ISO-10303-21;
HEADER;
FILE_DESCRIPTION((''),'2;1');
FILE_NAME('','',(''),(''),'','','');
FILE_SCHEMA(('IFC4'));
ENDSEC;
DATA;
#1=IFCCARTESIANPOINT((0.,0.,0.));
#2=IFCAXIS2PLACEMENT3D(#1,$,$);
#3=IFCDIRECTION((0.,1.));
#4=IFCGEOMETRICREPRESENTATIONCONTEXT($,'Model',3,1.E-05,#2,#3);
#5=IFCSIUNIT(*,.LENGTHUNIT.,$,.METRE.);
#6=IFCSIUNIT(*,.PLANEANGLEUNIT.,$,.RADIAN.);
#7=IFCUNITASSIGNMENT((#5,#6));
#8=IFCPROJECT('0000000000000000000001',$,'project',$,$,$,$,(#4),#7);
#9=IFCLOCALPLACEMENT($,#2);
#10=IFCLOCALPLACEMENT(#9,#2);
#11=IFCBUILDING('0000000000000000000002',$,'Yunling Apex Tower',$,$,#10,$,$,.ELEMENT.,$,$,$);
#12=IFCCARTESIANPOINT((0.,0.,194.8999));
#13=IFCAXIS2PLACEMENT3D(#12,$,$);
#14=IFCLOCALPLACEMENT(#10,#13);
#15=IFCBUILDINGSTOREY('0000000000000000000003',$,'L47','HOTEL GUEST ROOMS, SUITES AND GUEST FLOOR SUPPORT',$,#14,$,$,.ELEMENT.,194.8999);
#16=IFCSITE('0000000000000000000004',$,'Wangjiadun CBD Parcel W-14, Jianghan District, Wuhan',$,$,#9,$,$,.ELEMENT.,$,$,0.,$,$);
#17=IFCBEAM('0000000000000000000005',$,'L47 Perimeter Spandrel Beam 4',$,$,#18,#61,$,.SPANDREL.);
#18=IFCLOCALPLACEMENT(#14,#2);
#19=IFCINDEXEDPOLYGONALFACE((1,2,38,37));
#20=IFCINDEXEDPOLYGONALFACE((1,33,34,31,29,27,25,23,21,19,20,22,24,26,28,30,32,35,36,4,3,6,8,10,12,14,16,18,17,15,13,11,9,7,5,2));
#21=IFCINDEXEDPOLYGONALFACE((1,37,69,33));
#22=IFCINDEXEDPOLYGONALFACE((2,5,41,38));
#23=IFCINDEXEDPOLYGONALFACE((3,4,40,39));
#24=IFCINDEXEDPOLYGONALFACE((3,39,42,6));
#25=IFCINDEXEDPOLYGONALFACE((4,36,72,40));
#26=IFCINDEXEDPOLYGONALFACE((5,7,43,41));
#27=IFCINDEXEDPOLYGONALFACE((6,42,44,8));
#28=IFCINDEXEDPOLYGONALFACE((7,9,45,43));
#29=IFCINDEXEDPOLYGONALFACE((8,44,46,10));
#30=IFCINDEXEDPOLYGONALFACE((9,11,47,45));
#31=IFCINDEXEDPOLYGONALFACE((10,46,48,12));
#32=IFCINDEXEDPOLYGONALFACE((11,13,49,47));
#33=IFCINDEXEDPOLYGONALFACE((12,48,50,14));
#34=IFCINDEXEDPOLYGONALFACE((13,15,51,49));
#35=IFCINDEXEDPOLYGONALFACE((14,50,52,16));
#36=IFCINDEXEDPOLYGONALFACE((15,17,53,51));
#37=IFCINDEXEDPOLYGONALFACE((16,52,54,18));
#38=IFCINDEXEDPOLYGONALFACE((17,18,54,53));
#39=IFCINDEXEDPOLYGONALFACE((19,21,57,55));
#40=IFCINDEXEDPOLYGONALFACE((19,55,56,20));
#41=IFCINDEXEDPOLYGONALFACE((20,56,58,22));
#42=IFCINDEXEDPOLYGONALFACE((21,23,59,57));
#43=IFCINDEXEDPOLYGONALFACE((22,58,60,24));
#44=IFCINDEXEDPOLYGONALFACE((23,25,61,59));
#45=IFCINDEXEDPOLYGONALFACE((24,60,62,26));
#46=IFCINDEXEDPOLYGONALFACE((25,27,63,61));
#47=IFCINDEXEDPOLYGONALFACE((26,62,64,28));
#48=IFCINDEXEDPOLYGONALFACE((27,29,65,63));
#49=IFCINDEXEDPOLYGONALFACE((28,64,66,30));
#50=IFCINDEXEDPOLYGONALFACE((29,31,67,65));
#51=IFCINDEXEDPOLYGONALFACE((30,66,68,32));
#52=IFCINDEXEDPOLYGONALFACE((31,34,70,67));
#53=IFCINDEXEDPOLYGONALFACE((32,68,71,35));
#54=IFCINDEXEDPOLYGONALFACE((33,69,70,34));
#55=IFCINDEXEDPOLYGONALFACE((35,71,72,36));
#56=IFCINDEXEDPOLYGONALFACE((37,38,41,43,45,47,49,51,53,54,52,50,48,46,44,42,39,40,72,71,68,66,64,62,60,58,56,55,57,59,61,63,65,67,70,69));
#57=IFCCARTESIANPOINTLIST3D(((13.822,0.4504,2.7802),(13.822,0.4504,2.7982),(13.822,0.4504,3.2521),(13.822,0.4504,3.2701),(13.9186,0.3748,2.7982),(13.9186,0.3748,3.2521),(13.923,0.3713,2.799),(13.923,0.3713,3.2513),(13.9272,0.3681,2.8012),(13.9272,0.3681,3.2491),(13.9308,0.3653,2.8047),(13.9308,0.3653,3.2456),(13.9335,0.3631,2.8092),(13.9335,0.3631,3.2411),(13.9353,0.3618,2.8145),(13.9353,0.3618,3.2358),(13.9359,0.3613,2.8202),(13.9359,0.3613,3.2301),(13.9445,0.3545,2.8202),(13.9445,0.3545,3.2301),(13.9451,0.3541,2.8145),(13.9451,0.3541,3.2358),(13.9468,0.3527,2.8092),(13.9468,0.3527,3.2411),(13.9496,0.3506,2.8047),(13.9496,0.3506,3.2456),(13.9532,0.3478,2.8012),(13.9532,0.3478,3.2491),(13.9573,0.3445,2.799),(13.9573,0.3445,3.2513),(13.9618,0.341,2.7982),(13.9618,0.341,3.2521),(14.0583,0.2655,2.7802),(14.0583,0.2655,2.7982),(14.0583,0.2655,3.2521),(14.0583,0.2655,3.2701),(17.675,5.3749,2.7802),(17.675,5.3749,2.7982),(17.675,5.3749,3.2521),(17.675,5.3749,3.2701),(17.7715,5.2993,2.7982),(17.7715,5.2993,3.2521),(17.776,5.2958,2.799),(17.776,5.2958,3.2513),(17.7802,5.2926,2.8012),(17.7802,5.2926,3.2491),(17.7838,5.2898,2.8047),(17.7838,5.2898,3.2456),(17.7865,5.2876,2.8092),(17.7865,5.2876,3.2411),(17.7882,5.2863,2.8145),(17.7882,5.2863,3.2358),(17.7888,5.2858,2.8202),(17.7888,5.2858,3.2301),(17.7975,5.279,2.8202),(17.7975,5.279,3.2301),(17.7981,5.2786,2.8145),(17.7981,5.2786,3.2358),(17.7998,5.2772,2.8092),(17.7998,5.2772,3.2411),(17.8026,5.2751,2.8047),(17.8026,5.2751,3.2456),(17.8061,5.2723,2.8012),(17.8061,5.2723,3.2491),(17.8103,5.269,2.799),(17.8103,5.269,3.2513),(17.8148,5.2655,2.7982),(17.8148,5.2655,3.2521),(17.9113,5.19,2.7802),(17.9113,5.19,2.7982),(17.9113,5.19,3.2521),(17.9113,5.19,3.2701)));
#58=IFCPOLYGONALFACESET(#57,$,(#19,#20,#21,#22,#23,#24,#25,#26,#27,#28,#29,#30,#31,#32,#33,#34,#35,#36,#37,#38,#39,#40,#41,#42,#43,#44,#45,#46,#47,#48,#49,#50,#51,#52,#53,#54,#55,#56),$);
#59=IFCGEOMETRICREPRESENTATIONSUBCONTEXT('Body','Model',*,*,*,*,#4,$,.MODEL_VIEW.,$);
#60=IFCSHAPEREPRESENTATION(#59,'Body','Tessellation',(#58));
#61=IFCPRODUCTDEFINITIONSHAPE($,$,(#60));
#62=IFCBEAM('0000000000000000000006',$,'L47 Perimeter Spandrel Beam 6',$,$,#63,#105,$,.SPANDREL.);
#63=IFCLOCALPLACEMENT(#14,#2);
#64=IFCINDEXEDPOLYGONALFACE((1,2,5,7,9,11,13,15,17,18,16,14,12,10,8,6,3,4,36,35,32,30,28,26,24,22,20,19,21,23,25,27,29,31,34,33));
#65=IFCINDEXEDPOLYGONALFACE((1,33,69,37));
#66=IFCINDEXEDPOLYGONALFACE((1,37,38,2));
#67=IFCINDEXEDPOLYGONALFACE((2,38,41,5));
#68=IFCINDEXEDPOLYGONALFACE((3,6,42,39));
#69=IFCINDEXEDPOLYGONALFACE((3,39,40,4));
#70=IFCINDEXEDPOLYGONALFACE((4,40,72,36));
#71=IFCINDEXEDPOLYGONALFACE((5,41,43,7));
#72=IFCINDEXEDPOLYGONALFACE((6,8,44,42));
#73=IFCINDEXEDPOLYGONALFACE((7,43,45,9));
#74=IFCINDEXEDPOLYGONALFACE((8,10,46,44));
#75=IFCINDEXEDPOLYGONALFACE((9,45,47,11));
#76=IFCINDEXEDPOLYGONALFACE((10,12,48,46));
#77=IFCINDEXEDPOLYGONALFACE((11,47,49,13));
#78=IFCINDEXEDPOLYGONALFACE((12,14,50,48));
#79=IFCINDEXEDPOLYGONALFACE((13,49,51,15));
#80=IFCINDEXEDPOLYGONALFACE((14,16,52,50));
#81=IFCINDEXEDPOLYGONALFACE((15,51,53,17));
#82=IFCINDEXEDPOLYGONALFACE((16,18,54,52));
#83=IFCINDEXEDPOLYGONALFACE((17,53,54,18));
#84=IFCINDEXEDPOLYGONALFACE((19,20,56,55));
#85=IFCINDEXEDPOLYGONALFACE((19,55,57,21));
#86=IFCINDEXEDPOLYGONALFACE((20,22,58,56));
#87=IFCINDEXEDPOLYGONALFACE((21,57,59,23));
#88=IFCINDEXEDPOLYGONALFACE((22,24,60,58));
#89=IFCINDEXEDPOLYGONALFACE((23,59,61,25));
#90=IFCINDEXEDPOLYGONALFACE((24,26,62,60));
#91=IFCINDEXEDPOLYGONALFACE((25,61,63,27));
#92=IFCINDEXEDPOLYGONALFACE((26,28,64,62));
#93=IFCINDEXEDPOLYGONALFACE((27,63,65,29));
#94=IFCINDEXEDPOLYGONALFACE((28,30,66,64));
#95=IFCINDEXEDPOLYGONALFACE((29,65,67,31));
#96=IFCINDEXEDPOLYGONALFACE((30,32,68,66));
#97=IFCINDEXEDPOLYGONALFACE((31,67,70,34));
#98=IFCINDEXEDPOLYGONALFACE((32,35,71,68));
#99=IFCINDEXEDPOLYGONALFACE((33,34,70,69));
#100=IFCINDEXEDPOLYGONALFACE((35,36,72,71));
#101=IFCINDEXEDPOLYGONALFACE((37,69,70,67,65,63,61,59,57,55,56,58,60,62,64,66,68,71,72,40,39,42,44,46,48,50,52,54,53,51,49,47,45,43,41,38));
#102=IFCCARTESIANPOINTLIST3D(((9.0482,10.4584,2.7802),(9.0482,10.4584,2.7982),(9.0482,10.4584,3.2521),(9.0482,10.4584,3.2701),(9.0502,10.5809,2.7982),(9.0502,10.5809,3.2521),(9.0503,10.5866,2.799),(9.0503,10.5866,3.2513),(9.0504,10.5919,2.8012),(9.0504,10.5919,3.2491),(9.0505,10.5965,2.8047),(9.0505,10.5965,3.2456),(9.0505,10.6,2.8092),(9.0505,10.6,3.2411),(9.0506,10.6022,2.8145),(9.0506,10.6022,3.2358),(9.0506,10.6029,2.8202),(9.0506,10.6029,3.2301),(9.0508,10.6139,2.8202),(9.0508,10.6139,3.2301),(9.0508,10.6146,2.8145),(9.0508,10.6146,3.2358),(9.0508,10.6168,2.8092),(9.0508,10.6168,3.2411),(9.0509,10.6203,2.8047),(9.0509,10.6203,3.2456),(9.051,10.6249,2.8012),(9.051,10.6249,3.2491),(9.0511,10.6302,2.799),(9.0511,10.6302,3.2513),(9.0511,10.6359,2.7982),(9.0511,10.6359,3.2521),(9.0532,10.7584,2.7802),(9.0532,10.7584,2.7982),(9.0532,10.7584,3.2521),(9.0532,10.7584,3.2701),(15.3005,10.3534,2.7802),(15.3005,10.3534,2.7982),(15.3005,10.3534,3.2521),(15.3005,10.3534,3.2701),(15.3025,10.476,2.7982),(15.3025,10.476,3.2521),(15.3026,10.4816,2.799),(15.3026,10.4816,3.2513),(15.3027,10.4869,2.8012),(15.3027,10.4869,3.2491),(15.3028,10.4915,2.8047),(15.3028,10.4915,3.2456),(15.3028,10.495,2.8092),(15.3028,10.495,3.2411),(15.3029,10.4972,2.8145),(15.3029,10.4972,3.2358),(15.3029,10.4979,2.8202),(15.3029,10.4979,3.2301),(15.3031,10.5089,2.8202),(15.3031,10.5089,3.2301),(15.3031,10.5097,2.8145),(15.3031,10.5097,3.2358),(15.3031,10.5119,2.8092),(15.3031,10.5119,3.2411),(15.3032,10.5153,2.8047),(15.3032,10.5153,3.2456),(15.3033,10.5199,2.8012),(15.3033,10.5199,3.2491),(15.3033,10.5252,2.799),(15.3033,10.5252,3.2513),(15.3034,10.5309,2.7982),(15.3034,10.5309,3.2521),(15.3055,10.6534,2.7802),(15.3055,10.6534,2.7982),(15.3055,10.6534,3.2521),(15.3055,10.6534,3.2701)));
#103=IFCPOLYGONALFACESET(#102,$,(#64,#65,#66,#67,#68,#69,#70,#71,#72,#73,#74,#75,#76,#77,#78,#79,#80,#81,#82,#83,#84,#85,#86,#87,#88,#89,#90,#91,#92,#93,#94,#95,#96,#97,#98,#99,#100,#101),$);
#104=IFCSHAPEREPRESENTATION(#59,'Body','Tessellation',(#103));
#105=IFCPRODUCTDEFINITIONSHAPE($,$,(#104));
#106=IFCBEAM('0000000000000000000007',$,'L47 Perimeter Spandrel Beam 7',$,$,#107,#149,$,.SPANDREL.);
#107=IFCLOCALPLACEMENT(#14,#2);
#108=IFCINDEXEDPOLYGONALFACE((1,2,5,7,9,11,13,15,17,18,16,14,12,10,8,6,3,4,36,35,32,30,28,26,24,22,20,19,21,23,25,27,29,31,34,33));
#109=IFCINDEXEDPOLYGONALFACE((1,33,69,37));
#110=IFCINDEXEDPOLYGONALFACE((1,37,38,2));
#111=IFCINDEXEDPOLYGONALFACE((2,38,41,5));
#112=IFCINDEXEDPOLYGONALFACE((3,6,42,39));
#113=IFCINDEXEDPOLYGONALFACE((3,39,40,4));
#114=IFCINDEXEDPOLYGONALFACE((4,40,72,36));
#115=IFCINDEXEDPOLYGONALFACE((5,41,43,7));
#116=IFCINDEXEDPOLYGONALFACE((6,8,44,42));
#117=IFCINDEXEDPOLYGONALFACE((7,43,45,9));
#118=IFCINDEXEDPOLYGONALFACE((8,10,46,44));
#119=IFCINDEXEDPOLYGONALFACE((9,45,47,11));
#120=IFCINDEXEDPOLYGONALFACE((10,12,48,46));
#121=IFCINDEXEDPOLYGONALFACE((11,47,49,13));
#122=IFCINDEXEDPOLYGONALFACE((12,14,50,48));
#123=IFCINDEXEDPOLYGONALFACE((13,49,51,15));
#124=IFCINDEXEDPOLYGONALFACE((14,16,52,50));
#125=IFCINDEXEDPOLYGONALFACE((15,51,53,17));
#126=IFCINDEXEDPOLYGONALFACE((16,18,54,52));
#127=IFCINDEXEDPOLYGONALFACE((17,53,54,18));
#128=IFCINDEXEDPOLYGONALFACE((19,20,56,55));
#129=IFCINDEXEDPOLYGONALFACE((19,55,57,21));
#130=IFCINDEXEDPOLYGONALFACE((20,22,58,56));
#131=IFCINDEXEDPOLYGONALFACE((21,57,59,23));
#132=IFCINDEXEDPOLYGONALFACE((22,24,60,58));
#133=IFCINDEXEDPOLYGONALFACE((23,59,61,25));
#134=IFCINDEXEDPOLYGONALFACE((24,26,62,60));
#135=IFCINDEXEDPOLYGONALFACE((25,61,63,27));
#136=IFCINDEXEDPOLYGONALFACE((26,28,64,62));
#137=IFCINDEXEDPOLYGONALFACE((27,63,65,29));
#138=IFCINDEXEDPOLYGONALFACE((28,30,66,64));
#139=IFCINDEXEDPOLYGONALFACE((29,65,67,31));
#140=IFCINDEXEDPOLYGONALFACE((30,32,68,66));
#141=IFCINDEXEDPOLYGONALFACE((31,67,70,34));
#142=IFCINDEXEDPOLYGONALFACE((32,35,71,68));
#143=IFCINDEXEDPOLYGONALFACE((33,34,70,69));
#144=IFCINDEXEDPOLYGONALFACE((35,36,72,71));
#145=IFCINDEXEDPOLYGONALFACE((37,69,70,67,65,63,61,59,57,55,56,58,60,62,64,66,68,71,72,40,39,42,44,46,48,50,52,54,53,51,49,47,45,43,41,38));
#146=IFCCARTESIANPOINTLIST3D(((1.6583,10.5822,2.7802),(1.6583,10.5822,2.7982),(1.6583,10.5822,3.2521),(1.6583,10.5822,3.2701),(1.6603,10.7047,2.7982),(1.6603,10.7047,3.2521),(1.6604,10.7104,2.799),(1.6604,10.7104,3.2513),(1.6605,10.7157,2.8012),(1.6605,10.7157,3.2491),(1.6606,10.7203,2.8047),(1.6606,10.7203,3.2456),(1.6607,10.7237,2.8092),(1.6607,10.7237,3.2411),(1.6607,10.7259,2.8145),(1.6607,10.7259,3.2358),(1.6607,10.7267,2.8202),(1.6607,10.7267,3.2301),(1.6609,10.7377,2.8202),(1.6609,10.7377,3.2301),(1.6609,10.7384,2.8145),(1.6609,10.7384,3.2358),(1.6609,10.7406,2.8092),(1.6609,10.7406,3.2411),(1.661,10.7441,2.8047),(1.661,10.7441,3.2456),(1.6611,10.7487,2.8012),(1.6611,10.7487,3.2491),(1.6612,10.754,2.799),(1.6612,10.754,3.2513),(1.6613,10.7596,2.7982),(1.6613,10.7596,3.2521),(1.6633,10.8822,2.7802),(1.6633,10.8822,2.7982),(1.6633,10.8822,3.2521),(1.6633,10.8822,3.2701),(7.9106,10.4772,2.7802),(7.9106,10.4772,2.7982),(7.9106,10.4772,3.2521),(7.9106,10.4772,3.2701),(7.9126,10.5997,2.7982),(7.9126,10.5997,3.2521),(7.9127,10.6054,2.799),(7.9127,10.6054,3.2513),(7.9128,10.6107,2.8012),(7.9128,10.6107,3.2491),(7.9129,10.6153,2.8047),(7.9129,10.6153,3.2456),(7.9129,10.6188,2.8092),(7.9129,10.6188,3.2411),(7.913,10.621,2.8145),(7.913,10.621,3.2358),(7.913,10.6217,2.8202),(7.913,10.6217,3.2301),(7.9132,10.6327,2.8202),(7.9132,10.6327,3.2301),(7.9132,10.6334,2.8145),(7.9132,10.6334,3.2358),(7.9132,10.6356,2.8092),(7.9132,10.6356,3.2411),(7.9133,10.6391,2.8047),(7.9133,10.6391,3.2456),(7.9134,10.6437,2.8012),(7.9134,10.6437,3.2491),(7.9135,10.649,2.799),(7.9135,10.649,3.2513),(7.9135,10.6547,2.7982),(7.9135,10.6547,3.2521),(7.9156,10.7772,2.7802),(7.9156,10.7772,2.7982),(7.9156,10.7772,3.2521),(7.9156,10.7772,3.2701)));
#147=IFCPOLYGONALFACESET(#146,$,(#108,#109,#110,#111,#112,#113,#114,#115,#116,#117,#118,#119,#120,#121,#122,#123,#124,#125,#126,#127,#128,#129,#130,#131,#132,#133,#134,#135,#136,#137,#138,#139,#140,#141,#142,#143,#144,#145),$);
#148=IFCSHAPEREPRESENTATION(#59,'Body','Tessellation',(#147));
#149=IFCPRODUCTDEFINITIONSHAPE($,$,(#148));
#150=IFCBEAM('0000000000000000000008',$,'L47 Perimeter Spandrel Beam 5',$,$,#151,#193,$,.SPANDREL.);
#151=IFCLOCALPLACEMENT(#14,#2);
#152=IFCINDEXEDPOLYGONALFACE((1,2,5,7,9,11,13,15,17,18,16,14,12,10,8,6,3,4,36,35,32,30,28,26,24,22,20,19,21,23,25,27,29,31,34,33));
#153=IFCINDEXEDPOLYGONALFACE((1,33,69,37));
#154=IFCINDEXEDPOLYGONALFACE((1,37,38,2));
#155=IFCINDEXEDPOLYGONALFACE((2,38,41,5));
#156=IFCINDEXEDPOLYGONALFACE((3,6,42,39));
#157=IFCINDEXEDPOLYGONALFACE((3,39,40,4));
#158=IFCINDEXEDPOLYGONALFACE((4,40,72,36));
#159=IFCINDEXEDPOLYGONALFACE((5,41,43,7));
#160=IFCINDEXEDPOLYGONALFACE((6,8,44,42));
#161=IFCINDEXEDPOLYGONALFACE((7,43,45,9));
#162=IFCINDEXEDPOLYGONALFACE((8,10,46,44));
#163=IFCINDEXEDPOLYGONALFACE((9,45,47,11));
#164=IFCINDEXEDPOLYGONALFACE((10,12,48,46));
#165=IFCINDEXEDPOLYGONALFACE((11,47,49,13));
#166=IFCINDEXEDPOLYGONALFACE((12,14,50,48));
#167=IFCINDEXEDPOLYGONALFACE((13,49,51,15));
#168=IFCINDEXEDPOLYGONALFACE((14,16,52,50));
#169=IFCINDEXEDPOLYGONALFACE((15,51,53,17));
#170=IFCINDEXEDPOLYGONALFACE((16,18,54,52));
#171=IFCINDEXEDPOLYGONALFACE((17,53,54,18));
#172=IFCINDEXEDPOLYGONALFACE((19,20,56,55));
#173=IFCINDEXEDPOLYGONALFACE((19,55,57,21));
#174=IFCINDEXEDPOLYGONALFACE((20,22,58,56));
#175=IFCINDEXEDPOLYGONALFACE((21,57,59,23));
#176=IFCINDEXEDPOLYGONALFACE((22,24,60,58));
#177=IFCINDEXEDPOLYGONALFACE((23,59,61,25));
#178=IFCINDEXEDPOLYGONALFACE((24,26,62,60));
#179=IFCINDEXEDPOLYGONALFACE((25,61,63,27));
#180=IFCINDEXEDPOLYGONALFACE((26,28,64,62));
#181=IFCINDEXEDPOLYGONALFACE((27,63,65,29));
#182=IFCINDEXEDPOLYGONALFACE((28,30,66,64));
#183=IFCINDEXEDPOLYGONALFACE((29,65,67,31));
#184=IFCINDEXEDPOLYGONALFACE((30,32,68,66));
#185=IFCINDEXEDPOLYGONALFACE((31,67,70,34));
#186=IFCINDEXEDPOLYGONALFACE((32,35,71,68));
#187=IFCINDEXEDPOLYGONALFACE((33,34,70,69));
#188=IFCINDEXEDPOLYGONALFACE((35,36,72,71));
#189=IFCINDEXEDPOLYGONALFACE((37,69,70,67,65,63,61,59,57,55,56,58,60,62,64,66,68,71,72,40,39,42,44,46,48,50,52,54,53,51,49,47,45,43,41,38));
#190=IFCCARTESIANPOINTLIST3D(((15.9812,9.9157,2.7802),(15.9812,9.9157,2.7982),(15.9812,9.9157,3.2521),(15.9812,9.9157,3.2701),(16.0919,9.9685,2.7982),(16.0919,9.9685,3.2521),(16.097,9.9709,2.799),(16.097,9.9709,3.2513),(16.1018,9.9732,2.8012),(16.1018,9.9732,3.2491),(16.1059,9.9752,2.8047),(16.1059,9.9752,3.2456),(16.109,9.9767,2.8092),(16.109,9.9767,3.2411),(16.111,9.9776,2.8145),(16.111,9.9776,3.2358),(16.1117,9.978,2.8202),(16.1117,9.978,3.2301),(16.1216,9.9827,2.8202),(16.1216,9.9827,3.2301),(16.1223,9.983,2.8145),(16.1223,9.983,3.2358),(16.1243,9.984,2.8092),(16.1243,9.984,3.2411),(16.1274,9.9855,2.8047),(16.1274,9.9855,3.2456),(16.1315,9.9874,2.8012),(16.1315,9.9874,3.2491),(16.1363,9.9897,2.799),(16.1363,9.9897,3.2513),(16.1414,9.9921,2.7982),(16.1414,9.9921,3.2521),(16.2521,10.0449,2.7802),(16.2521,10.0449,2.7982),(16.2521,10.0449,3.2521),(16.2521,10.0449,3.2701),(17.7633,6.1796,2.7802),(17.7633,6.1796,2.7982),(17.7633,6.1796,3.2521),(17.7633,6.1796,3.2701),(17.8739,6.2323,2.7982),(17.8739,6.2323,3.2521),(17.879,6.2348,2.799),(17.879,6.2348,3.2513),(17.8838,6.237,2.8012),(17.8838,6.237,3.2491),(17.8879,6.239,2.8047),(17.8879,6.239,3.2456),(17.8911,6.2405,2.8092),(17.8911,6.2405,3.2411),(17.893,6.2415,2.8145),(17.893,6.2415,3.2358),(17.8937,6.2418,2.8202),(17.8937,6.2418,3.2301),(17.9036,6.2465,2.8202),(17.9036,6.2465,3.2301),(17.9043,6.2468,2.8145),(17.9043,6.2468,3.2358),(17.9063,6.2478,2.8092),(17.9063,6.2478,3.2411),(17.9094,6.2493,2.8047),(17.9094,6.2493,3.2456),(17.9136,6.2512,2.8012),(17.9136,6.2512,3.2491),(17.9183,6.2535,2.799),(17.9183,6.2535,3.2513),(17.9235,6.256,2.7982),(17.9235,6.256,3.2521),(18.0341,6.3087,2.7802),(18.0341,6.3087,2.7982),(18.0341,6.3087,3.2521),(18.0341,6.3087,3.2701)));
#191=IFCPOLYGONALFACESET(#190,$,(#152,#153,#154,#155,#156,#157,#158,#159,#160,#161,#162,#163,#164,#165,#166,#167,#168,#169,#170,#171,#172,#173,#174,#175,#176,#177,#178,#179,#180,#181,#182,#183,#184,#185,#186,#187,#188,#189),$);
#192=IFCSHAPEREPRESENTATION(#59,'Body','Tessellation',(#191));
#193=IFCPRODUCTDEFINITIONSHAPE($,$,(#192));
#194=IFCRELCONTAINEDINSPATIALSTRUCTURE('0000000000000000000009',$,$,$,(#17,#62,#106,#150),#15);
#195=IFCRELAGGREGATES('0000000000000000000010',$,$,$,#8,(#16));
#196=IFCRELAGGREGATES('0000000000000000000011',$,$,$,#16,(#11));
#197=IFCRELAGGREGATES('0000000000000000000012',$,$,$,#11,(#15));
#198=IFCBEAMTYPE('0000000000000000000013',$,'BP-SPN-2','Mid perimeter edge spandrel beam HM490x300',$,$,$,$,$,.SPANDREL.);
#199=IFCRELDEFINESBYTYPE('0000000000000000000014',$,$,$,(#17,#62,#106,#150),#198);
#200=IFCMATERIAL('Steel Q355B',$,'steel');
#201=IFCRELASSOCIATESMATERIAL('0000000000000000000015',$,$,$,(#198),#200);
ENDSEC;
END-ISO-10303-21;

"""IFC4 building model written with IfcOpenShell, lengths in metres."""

from ifc_helpers import new_model, si_unit, direction, frame, origin, origin_2d, place, context, subcontext, project, spatial, i_section, extrude, source, transform, mapped, material, material_profile, profile_set, type_object, element, save


model = new_model("IFC4")

# Units and contexts
model_context = context("Model", 3, precision=1e-05, world=origin(), true_north=direction((0.0, 1.0)))
body_context = subcontext(model_context, "Body", "Model", "MODEL_VIEW")
ifc_project = project(units=[si_unit("LENGTHUNIT", "METRE"), si_unit("PLANEANGLEUNIT", "RADIAN")], contexts=[model_context])

# Site, building, storey
site_placement = place(None, origin())
site = spatial("IfcSite", under=ifc_project, at=site_placement, Name="Wangjiadun CBD Parcel W-14, Jianghan District, Wuhan", CompositionType="ELEMENT", RefElevation=0.0)
building_placement = place(site_placement, origin())
building = spatial("IfcBuilding", under=site, at=building_placement, Name="Yunling Apex Tower", CompositionType="ELEMENT")
storey_placement = place(building_placement, frame((0.0, 0.0, 194.8999)))
storey = spatial("IfcBuildingStorey", under=building, at=storey_placement, Name="L47", Description="HOTEL GUEST ROOMS, SUITES AND GUEST FLOOR SUPPORT", CompositionType="ELEMENT", Elevation=194.8999)

# Beams
ifc_material_1 = material(Name="Steel Q355B", Category="steel")
ifc_material_profile_1 = material_profile(ifc_material_1, i_section(OverallWidth=0.3, OverallDepth=0.49, WebThickness=0.011, FlangeThickness=0.0181, FilletRadius=0.022, at=origin_2d()))
ifc_profile_set_1 = profile_set([ifc_material_profile_1], Name="Steel Q355B")
beam_type_1 = type_object("IfcBeamType", Name="BP-SPN-2", Description="Mid perimeter edge spandrel beam HM490x300", PredefinedType="SPANDREL", material=ifc_profile_set_1)
shared_shape_1 = source(origin(), body_context, "Body", "SweptSolid", [
    extrude(i_section(OverallWidth=0.3, OverallDepth=0.49, WebThickness=0.011, FlangeThickness=0.0181, FilletRadius=0.022, at=origin_2d()), origin(), (0.0, 0.0, 1.0), 6.2527),
])
beam_1_placement = place(storey_placement, frame((13.9402, 0.3579, 3.0251), z_axis=(0.616211, 0.787581, 0.0), x_axis=(-0.787581, 0.616211, 0.0)))
element("IfcBeam", 1, at=beam_1_placement, inside=storey, type_object=beam_type_1, Name="L47 Perimeter Spandrel Beam 4", PredefinedType="SPANDREL", context=body_context, shape_type="MappedRepresentation", body=[
    mapped(shared_shape_1, transform((0.0, 0.0, 0.0), scale=1.0)),
])
shared_shape_2 = source(origin(), body_context, "Body", "SweptSolid", [
    extrude(i_section(OverallWidth=0.3, OverallDepth=0.49, WebThickness=0.011, FlangeThickness=0.0181, FilletRadius=0.022, at=origin_2d()), origin(), (0.0, 0.0, 1.0), 6.2532),
])
for number, where, z_axis, x_axis, name in (
    (2, (15.303, 10.5034, 3.0251), (-0.999859, 0.016789, 0.0), (-0.016789, -0.999859, 0.0), "L47 Perimeter Spandrel Beam 6"),
    (3, (7.9131, 10.6272, 3.0251), (-0.999859, 0.016789, 0.0), (-0.016789, -0.999859, 0.0), "L47 Perimeter Spandrel Beam 7"),
):
    element("IfcBeam", number, at=place(storey_placement, frame(where, z_axis=z_axis, x_axis=x_axis)), inside=storey, type_object=beam_type_1, Name=name, PredefinedType="SPANDREL", context=body_context, shape_type="MappedRepresentation", body=[
        mapped(shared_shape_2, transform((0.0, 0.0, 0.0), scale=1.0)),
    ])
shared_shape_3 = source(origin(), body_context, "Body", "SweptSolid", [
    extrude(i_section(OverallWidth=0.3, OverallDepth=0.49, WebThickness=0.011, FlangeThickness=0.0181, FilletRadius=0.022, at=origin_2d()), origin(), (0.0, 0.0, 1.0), 4.1394),
])
beam_2_placement = place(storey_placement, frame((17.8987, 6.2441, 3.0251), z_axis=(-0.430504, 0.902589, 0.0), x_axis=(-0.902589, -0.430504, 0.0)))
element("IfcBeam", 4, at=beam_2_placement, inside=storey, type_object=beam_type_1, Name="L47 Perimeter Spandrel Beam 5", PredefinedType="SPANDREL", context=body_context, shape_type="MappedRepresentation", body=[
    mapped(shared_shape_3, transform((0.0, 0.0, 0.0), scale=1.0)),
])

save(model, "model.ifc")
